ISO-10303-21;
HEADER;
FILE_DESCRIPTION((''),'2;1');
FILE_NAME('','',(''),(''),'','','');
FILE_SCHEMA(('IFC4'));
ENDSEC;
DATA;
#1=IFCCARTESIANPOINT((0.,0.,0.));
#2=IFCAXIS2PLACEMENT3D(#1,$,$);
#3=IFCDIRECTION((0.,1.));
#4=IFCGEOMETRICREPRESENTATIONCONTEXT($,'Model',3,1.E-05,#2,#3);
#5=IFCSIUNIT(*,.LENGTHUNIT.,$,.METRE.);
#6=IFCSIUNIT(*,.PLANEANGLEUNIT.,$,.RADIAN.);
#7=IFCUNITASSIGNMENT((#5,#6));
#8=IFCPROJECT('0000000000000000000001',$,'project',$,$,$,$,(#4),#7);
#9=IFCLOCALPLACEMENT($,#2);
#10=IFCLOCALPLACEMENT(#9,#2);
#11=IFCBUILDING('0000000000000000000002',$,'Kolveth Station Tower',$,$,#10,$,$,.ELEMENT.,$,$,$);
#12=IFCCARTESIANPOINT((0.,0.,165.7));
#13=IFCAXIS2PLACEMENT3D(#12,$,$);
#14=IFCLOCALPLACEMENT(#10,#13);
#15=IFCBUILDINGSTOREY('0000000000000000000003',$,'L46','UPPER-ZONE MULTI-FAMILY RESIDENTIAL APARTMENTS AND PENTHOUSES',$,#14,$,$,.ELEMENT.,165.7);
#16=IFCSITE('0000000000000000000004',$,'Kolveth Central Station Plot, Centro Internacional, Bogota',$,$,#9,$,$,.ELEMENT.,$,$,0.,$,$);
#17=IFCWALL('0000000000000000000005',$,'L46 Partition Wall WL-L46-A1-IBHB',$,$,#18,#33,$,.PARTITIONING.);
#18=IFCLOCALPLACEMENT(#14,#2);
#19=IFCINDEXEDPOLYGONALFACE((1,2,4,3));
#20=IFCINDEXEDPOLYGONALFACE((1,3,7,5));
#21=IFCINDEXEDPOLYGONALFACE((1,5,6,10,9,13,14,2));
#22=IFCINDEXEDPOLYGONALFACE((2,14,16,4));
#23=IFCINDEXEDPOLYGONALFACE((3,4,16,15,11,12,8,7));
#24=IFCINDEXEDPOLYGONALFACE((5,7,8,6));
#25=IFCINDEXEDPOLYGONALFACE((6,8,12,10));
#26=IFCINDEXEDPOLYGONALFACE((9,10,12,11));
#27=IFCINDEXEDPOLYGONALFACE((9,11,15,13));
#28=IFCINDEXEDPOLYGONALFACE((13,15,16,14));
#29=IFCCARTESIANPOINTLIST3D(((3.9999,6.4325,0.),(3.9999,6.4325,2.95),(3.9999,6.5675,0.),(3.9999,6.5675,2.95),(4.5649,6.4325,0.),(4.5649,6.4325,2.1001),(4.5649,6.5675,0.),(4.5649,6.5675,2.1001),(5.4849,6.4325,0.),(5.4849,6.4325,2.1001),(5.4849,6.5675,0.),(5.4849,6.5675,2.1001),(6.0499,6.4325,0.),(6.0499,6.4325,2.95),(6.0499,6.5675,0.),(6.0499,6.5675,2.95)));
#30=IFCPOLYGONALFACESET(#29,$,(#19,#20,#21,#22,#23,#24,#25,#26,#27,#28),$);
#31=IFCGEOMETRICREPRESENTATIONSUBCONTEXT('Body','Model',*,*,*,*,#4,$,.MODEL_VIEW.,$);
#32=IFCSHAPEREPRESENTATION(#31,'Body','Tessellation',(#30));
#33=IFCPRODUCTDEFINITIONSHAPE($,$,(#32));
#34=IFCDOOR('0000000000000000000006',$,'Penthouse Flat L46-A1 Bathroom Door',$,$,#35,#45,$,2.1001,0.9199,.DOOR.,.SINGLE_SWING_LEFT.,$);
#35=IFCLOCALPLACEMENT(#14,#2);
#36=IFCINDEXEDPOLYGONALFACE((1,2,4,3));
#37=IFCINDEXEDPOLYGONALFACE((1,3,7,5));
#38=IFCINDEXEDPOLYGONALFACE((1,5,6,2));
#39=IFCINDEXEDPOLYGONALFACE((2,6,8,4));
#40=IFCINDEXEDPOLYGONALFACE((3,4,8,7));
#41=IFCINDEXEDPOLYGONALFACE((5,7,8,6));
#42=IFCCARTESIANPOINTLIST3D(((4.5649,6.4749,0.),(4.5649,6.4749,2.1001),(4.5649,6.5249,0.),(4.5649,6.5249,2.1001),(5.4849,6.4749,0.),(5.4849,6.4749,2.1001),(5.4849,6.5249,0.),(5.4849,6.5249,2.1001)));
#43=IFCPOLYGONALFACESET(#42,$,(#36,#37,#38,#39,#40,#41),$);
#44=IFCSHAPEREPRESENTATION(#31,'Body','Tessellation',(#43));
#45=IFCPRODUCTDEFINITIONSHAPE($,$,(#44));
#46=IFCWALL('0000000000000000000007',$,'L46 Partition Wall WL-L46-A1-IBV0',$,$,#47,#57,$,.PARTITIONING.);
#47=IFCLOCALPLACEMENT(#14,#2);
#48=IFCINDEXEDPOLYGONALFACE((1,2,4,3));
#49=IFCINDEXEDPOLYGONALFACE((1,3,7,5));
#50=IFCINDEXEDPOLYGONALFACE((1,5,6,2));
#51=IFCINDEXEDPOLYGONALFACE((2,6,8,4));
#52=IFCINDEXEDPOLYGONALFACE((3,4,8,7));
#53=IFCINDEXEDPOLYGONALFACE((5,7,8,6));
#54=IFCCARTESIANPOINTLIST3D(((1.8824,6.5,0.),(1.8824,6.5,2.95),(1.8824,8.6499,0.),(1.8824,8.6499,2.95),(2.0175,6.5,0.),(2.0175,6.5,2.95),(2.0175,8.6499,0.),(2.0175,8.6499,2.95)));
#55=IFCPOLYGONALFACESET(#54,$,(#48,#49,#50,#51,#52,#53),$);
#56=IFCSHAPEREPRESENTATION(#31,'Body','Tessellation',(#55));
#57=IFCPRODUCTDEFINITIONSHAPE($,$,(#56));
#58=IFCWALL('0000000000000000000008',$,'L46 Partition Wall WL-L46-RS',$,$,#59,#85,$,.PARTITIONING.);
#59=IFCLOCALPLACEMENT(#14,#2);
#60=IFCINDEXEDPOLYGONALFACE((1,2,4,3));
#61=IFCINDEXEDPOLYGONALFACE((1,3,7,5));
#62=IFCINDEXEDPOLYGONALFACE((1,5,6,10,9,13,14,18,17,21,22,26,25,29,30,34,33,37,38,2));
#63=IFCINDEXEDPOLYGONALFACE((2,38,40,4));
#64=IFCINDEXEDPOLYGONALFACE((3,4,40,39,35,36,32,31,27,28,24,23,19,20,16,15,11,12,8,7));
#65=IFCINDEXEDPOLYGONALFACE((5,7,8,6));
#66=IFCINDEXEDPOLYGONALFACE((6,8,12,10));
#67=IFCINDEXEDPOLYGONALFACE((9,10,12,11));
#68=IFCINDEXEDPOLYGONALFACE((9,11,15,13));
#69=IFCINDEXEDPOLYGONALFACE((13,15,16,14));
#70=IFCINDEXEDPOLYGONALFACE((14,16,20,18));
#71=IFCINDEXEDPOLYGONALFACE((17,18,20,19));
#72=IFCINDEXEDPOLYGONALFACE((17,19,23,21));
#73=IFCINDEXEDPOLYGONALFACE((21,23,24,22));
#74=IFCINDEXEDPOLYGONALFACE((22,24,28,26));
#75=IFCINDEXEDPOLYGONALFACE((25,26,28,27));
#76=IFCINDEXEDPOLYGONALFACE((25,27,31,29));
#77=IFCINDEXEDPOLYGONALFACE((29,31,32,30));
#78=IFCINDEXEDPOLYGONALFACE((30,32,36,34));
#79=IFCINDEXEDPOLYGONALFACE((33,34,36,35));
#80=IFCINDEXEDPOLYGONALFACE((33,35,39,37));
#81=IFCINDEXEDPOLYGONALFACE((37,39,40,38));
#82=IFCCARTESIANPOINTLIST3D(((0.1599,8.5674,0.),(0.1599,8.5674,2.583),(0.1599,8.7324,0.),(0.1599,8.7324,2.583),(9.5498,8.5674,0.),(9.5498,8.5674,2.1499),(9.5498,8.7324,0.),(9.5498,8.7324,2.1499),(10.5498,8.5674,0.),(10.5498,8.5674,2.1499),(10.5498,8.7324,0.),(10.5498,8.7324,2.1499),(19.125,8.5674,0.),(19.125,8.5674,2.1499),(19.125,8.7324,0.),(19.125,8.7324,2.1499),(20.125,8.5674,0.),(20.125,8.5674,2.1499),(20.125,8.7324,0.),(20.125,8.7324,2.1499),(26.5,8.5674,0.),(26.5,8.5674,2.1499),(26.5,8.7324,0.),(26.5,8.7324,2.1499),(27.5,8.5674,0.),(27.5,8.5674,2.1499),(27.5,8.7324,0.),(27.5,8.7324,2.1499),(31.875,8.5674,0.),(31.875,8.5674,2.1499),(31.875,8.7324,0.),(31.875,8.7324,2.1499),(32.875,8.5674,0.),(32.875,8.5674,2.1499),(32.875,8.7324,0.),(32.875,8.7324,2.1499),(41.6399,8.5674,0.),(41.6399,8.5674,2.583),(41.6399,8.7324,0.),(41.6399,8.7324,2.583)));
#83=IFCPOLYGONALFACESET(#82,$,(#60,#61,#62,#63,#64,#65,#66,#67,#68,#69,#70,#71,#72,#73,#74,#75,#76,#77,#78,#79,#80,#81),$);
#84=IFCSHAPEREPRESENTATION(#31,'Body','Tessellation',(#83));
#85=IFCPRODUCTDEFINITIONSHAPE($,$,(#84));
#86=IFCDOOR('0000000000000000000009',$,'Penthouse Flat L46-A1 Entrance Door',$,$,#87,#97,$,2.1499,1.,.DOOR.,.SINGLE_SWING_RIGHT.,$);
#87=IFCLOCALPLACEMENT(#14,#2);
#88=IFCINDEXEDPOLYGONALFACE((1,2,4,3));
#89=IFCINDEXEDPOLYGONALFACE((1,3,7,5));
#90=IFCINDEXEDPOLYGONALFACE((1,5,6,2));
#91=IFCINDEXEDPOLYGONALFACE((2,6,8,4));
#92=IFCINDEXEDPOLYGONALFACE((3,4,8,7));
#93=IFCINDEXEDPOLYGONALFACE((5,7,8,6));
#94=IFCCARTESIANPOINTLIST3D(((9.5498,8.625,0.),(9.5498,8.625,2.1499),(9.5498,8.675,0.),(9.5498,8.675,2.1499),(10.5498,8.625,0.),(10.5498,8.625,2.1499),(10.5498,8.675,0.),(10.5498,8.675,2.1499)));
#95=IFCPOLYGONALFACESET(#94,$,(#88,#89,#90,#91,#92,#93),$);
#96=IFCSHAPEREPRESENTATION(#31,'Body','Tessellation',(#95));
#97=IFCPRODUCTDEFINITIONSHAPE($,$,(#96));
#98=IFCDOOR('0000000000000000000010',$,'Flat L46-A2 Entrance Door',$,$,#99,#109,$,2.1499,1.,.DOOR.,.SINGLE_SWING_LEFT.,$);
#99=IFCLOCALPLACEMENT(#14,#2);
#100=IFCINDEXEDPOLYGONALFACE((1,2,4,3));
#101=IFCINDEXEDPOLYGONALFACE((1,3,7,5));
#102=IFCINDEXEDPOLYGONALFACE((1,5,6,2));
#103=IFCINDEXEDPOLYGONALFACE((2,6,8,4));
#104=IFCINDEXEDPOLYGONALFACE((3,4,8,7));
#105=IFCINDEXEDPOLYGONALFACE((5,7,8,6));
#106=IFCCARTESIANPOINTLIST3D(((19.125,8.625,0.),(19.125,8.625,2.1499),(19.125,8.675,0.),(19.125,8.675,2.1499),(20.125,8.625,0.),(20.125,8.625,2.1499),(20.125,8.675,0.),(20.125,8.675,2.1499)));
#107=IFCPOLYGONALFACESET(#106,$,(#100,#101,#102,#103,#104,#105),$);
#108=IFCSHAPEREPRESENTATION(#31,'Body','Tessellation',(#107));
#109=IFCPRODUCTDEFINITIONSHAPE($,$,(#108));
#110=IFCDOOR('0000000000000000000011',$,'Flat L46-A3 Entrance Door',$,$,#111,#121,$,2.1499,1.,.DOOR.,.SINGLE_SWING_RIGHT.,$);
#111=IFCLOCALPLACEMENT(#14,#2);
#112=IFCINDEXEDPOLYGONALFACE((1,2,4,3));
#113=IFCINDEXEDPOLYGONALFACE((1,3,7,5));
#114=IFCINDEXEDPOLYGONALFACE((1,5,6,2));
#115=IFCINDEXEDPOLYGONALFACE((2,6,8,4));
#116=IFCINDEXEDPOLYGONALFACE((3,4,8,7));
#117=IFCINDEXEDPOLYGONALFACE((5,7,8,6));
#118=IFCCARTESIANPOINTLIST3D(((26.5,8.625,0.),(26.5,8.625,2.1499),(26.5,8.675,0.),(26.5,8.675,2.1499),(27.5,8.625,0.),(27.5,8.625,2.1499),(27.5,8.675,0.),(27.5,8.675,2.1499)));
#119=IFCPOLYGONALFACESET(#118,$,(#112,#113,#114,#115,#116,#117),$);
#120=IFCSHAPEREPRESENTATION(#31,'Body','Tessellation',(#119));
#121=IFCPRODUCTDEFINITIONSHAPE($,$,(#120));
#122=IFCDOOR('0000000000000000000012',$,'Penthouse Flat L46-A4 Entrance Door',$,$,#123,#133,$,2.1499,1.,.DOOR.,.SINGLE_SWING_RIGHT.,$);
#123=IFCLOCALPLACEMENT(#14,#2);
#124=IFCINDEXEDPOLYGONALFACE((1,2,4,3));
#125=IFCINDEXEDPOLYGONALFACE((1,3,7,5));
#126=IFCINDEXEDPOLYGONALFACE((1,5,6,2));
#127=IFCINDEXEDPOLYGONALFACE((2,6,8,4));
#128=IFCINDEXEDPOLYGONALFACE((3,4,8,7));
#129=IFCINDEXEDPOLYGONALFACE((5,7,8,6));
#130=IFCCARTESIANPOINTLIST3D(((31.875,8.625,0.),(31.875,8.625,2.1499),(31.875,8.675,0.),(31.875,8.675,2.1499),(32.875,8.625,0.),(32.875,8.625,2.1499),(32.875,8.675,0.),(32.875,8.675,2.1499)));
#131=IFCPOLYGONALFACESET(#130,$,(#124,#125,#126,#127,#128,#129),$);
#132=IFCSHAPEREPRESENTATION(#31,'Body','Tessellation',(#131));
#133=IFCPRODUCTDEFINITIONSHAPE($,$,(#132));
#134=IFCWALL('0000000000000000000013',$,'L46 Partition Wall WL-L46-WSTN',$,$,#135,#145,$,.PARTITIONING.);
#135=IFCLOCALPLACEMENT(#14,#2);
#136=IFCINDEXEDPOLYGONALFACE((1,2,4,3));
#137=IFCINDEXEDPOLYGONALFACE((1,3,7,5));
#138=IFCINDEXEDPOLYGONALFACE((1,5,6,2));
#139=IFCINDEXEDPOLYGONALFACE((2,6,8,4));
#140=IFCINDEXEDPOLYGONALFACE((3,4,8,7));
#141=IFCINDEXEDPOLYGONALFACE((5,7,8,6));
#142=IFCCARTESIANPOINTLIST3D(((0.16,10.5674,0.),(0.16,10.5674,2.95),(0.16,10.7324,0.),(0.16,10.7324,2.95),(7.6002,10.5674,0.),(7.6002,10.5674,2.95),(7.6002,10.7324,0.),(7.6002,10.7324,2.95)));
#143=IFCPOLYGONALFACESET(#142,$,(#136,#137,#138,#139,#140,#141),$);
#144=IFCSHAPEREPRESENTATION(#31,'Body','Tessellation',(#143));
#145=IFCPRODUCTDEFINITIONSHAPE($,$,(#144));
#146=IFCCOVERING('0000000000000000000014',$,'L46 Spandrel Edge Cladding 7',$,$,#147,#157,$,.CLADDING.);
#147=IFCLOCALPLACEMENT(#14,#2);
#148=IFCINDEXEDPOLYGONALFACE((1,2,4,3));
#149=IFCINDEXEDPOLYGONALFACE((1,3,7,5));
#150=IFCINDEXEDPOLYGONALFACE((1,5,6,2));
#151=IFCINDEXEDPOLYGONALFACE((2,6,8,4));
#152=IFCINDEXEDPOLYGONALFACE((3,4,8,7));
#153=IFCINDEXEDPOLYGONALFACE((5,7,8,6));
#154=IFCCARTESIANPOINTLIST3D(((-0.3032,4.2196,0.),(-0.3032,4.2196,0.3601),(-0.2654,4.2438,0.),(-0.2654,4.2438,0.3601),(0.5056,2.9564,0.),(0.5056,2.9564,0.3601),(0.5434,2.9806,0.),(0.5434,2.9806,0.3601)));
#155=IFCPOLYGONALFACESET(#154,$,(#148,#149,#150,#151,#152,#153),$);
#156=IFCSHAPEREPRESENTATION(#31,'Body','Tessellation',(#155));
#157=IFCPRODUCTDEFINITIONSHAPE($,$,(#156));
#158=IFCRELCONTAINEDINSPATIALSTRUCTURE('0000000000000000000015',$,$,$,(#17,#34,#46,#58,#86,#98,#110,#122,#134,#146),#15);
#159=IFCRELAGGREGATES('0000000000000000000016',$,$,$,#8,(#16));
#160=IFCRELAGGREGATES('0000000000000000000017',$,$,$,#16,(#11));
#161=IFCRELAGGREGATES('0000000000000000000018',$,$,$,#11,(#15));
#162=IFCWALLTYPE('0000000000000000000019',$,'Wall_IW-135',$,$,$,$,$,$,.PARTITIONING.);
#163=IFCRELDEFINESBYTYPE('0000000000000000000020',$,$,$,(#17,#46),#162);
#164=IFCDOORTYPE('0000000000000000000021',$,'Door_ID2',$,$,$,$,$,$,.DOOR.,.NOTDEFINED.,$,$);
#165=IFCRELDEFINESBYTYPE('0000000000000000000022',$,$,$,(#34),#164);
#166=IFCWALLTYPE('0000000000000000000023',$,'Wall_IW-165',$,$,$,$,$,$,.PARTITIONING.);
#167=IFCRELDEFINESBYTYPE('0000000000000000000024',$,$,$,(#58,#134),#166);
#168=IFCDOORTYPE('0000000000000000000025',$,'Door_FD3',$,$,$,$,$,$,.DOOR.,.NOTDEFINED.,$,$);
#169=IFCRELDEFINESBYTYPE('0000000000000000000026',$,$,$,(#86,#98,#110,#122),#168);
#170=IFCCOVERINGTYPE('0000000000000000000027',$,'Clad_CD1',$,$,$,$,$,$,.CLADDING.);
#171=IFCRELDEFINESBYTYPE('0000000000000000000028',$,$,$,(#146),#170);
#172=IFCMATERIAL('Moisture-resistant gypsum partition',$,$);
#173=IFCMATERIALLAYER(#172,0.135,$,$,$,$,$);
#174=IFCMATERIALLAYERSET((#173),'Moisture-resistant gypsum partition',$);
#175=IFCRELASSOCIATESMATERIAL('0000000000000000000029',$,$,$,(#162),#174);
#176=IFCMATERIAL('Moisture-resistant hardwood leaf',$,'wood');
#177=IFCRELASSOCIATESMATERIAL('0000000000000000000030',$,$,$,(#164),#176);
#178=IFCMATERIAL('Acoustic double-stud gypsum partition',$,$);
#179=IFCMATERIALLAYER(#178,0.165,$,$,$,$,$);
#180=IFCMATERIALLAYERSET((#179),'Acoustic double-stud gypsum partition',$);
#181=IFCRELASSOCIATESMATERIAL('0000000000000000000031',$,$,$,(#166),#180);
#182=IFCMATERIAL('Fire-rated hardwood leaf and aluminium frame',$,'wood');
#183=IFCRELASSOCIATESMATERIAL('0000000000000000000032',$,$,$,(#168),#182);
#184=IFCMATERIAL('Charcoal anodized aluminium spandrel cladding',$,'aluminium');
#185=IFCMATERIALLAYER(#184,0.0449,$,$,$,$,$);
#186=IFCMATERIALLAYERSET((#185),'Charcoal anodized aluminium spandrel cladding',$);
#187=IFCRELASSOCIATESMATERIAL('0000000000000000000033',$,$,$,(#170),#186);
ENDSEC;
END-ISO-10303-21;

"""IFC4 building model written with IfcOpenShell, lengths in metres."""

from ifc_helpers import new_model, si_unit, direction, frame, frame_2d, origin, origin_2d, place, context, subcontext, project, spatial, rectangle, extrude, source, transform, mapped, material, layer, layer_set, type_object, element, fill, save


model = new_model("IFC4")

# Units and contexts
model_context = context("Model", 3, precision=1e-05, world=origin(), true_north=direction((0.0, 1.0)))
body_context = subcontext(model_context, "Body", "Model", "MODEL_VIEW")
ifc_project = project(units=[si_unit("LENGTHUNIT", "METRE"), si_unit("PLANEANGLEUNIT", "RADIAN")], contexts=[model_context])

# Site, building, storey
site_placement = place(None, origin())
site = spatial("IfcSite", under=ifc_project, at=site_placement, Name="Kolveth Central Station Plot, Centro Internacional, Bogota", CompositionType="ELEMENT", RefElevation=0.0)
building_placement = place(site_placement, origin())
building = spatial("IfcBuilding", under=site, at=building_placement, Name="Kolveth Station Tower", CompositionType="ELEMENT")
storey_placement = place(building_placement, frame((0.0, 0.0, 165.7)))
storey = spatial("IfcBuildingStorey", under=building, at=storey_placement, Name="L46", Description="UPPER-ZONE MULTI-FAMILY RESIDENTIAL APARTMENTS AND PENTHOUSES", CompositionType="ELEMENT", Elevation=165.7)

# Wall, opening, door
ifc_material_1 = material(Name="Moisture-resistant gypsum partition")
ifc_layer_1 = layer(ifc_material_1, 0.135)
ifc_layer_set_1 = layer_set([ifc_layer_1], Name="Moisture-resistant gypsum partition")
wall_type_1 = type_object("IfcWallType", Name="Wall_IW-135", PredefinedType="PARTITIONING", material=ifc_layer_set_1)
wall_1_placement = place(storey_placement, frame((4.0, 6.5, 0.0), z_axis=(0.0, 0.0, 1.0), x_axis=(1.0, 0.0, 0.0)))
wall_1 = element("IfcWall", 1, at=wall_1_placement, inside=storey, type_object=wall_type_1, Name="L46 Partition Wall WL-L46-A1-IBHB", PredefinedType="PARTITIONING", context=body_context, shape_type="SweptSolid", body=[
    extrude(rectangle(XDim=2.05, YDim=0.135, at=frame_2d((1.0249, 0.0))), origin(), (0.0, 0.0, 1.0), 2.95),
])
opening_1_placement = place(wall_1_placement, frame((0.5649, 0.0, 0.0)))
opening_1 = element("IfcOpeningElement", 2, at=opening_1_placement, cuts=wall_1, PredefinedType="OPENING", context=body_context, shape_type="SweptSolid", body=[
    extrude(rectangle(XDim=0.9199, YDim=2.1001, at=frame_2d((0.46, 1.05))), frame((0.0, 0.0774, 0.0), z_axis=(0.0, -1.0, 0.0), x_axis=(1.0, 0.0, 0.0)), (0.0, 0.0, 1.0), 0.155),
])
ifc_material_2 = material(Name="Moisture-resistant hardwood leaf", Category="wood")
door_type_1 = type_object("IfcDoorType", Name="Door_ID2", OperationType="NOTDEFINED", PredefinedType="DOOR", material=ifc_material_2)
door_1_placement = place(opening_1_placement, origin())
door_1 = element("IfcDoor", 3, at=door_1_placement, inside=storey, type_object=door_type_1, Name="Penthouse Flat L46-A1 Bathroom Door", OperationType="SINGLE_SWING_LEFT", OverallHeight=2.1001, OverallWidth=0.9199, PredefinedType="DOOR", context=body_context, shape_type="SweptSolid", body=[
    extrude(rectangle(XDim=0.9199, YDim=2.1001, at=frame_2d((0.46, 1.05))), frame((0.0, 0.0249, 0.0), z_axis=(0.0, -1.0, 0.0), x_axis=(1.0, 0.0, 0.0)), (0.0, 0.0, 1.0), 0.05),
])
fill(opening_1, door_1)

# Wall
wall_2_placement = place(storey_placement, frame((1.95, 6.5, 0.0), z_axis=(0.0, 0.0, 1.0), x_axis=(0.0, 1.0, 0.0)))
element("IfcWall", 4, at=wall_2_placement, inside=storey, type_object=wall_type_1, Name="L46 Partition Wall WL-L46-A1-IBV0", PredefinedType="PARTITIONING", context=body_context, shape_type="SweptSolid", body=[
    extrude(rectangle(XDim=2.1499, YDim=0.135, at=frame_2d((1.075, 0.0))), origin(), (0.0, 0.0, 1.0), 2.95),
])

# Wall, openings, doors
ifc_material_3 = material(Name="Acoustic double-stud gypsum partition")
ifc_layer_2 = layer(ifc_material_3, 0.165)
ifc_layer_set_2 = layer_set([ifc_layer_2], Name="Acoustic double-stud gypsum partition")
wall_type_2 = type_object("IfcWallType", Name="Wall_IW-165", PredefinedType="PARTITIONING", material=ifc_layer_set_2)
wall_3_placement = place(storey_placement, frame((0.1599, 8.6499, 0.0), z_axis=(0.0, 0.0, 1.0), x_axis=(1.0, 0.0, 0.0)))
wall_3 = element("IfcWall", 5, at=wall_3_placement, inside=storey, type_object=wall_type_2, Name="L46 Partition Wall WL-L46-RS", PredefinedType="PARTITIONING", context=body_context, shape_type="SweptSolid", body=[
    extrude(rectangle(XDim=41.48, YDim=0.165, at=frame_2d((20.74, 0.0))), origin(), (0.0, 0.0, 1.0), 2.583),
])
opening_2_placement = place(wall_3_placement, frame((9.3899, 0.0, 0.0)))
opening_2 = element("IfcOpeningElement", 6, at=opening_2_placement, cuts=wall_3, PredefinedType="OPENING", context=body_context, shape_type="SweptSolid", body=[
    extrude(rectangle(XDim=1.0, YDim=2.1499, at=frame_2d((0.5, 1.075))), frame((0.0, 0.0925, 0.0), z_axis=(0.0, -1.0, 0.0), x_axis=(1.0, 0.0, 0.0)), (0.0, 0.0, 1.0), 0.1851),
])
opening_3_placement = place(wall_3_placement, frame((18.9651, 0.0, 0.0)))
opening_3 = element("IfcOpeningElement", 7, at=opening_3_placement, cuts=wall_3, PredefinedType="OPENING", context=body_context, shape_type="SweptSolid", body=[
    extrude(rectangle(XDim=1.0, YDim=2.1499, at=frame_2d((0.5, 1.075))), frame((0.0, 0.0925, 0.0), z_axis=(0.0, -1.0, 0.0), x_axis=(1.0, 0.0, 0.0)), (0.0, 0.0, 1.0), 0.1851),
])
opening_4_placement = place(wall_3_placement, frame((26.3401, 0.0, 0.0)))
opening_4 = element("IfcOpeningElement", 8, at=opening_4_placement, cuts=wall_3, PredefinedType="OPENING", context=body_context, shape_type="SweptSolid", body=[
    extrude(rectangle(XDim=1.0, YDim=2.1499, at=frame_2d((0.5, 1.075))), frame((0.0, 0.0925, 0.0), z_axis=(0.0, -1.0, 0.0), x_axis=(1.0, 0.0, 0.0)), (0.0, 0.0, 1.0), 0.1851),
])
opening_5_placement = place(wall_3_placement, frame((31.7151, 0.0, 0.0)))
opening_5 = element("IfcOpeningElement", 9, at=opening_5_placement, cuts=wall_3, PredefinedType="OPENING", context=body_context, shape_type="SweptSolid", body=[
    extrude(rectangle(XDim=1.0, YDim=2.1499, at=frame_2d((0.5, 1.075))), frame((0.0, 0.0925, 0.0), z_axis=(0.0, -1.0, 0.0), x_axis=(1.0, 0.0, 0.0)), (0.0, 0.0, 1.0), 0.1851),
])
ifc_material_4 = material(Name="Fire-rated hardwood leaf and aluminium frame", Category="wood")
door_type_2 = type_object("IfcDoorType", Name="Door_FD3", OperationType="NOTDEFINED", PredefinedType="DOOR", material=ifc_material_4)
door_2_placement = place(opening_2_placement, frame((1.0, 0.0, 0.0), z_axis=(0.0, 0.0, 1.0), x_axis=(-1.0, 0.0, 0.0)))
door_2 = element("IfcDoor", 10, at=door_2_placement, inside=storey, type_object=door_type_2, Name="Penthouse Flat L46-A1 Entrance Door", OperationType="SINGLE_SWING_RIGHT", OverallHeight=2.1499, OverallWidth=1.0, PredefinedType="DOOR", context=body_context, shape_type="SweptSolid", body=[
    extrude(rectangle(XDim=1.0, YDim=2.1499, at=frame_2d((0.5, 1.075))), frame((0.0, 0.0249, 0.0), z_axis=(0.0, -1.0, 0.0), x_axis=(1.0, 0.0, 0.0)), (0.0, 0.0, 1.0), 0.05),
])
fill(opening_2, door_2)
door_3_placement = place(opening_3_placement, frame((1.0, 0.0, 0.0), z_axis=(0.0, 0.0, 1.0), x_axis=(-1.0, 0.0, 0.0)))
door_3 = element("IfcDoor", 11, at=door_3_placement, inside=storey, type_object=door_type_2, Name="Flat L46-A2 Entrance Door", OperationType="SINGLE_SWING_LEFT", OverallHeight=2.1499, OverallWidth=1.0, PredefinedType="DOOR", context=body_context, shape_type="SweptSolid", body=[
    extrude(rectangle(XDim=1.0, YDim=2.1499, at=frame_2d((0.5, 1.075))), frame((0.0, 0.0249, 0.0), z_axis=(0.0, -1.0, 0.0), x_axis=(1.0, 0.0, 0.0)), (0.0, 0.0, 1.0), 0.05),
])
fill(opening_3, door_3)
door_4_placement = place(opening_4_placement, frame((1.0, 0.0, 0.0), z_axis=(0.0, 0.0, 1.0), x_axis=(-1.0, 0.0, 0.0)))
door_4 = element("IfcDoor", 12, at=door_4_placement, inside=storey, type_object=door_type_2, Name="Flat L46-A3 Entrance Door", OperationType="SINGLE_SWING_RIGHT", OverallHeight=2.1499, OverallWidth=1.0, PredefinedType="DOOR", context=body_context, shape_type="SweptSolid", body=[
    extrude(rectangle(XDim=1.0, YDim=2.1499, at=frame_2d((0.5, 1.075))), frame((0.0, 0.0249, 0.0), z_axis=(0.0, -1.0, 0.0), x_axis=(1.0, 0.0, 0.0)), (0.0, 0.0, 1.0), 0.05),
])
fill(opening_4, door_4)
door_5_placement = place(opening_5_placement, frame((1.0, 0.0, 0.0), z_axis=(0.0, 0.0, 1.0), x_axis=(-1.0, 0.0, 0.0)))
door_5 = element("IfcDoor", 13, at=door_5_placement, inside=storey, type_object=door_type_2, Name="Penthouse Flat L46-A4 Entrance Door", OperationType="SINGLE_SWING_RIGHT", OverallHeight=2.1499, OverallWidth=1.0, PredefinedType="DOOR", context=body_context, shape_type="SweptSolid", body=[
    extrude(rectangle(XDim=1.0, YDim=2.1499, at=frame_2d((0.5, 1.075))), frame((0.0, 0.0249, 0.0), z_axis=(0.0, -1.0, 0.0), x_axis=(1.0, 0.0, 0.0)), (0.0, 0.0, 1.0), 0.05),
])
fill(opening_5, door_5)

# Wall
wall_4_placement = place(storey_placement, frame((0.1599, 10.6499, 0.0), z_axis=(0.0, 0.0, 1.0), x_axis=(1.0, 0.0, 0.0)))
element("IfcWall", 14, at=wall_4_placement, inside=storey, type_object=wall_type_2, Name="L46 Partition Wall WL-L46-WSTN", PredefinedType="PARTITIONING", context=body_context, shape_type="SweptSolid", body=[
    extrude(rectangle(XDim=7.4402, YDim=0.165, at=frame_2d((3.7202, 0.0))), origin(), (0.0, 0.0, 1.0), 2.95),
])

# Covering
ifc_material_5 = material(Name="Charcoal anodized aluminium spandrel cladding", Category="aluminium")
ifc_layer_3 = layer(ifc_material_5, 0.0449)
ifc_layer_set_3 = layer_set([ifc_layer_3], Name="Charcoal anodized aluminium spandrel cladding")
covering_type = type_object("IfcCoveringType", Name="Clad_CD1", PredefinedType="CLADDING", material=ifc_layer_set_3)
shared_shape_1 = source(origin(), body_context, "Body", "SweptSolid", [
    extrude(rectangle(XDim=1.5, YDim=0.0449, at=origin_2d()), origin(), (0.0, 0.0, 1.0), 0.3601),
])
covering_placement = place(storey_placement, frame((0.1201, 3.6001, 0.0), z_axis=(0.0, 0.0, 1.0), x_axis=(0.539212, -0.84217, 0.0)))
element("IfcCovering", 15, at=covering_placement, inside=storey, type_object=covering_type, Name="L46 Spandrel Edge Cladding 7", PredefinedType="CLADDING", context=body_context, shape_type="MappedRepresentation", body=[
    mapped(shared_shape_1, transform((0.0, 0.0, 0.0), x_axis=(1.0, 0.0, 0.0), y_axis=(0.0, 1.0, 0.0), z_axis=(0.0, 0.0, 1.0), scale=1.0)),
])

save(model, "model.ifc")
